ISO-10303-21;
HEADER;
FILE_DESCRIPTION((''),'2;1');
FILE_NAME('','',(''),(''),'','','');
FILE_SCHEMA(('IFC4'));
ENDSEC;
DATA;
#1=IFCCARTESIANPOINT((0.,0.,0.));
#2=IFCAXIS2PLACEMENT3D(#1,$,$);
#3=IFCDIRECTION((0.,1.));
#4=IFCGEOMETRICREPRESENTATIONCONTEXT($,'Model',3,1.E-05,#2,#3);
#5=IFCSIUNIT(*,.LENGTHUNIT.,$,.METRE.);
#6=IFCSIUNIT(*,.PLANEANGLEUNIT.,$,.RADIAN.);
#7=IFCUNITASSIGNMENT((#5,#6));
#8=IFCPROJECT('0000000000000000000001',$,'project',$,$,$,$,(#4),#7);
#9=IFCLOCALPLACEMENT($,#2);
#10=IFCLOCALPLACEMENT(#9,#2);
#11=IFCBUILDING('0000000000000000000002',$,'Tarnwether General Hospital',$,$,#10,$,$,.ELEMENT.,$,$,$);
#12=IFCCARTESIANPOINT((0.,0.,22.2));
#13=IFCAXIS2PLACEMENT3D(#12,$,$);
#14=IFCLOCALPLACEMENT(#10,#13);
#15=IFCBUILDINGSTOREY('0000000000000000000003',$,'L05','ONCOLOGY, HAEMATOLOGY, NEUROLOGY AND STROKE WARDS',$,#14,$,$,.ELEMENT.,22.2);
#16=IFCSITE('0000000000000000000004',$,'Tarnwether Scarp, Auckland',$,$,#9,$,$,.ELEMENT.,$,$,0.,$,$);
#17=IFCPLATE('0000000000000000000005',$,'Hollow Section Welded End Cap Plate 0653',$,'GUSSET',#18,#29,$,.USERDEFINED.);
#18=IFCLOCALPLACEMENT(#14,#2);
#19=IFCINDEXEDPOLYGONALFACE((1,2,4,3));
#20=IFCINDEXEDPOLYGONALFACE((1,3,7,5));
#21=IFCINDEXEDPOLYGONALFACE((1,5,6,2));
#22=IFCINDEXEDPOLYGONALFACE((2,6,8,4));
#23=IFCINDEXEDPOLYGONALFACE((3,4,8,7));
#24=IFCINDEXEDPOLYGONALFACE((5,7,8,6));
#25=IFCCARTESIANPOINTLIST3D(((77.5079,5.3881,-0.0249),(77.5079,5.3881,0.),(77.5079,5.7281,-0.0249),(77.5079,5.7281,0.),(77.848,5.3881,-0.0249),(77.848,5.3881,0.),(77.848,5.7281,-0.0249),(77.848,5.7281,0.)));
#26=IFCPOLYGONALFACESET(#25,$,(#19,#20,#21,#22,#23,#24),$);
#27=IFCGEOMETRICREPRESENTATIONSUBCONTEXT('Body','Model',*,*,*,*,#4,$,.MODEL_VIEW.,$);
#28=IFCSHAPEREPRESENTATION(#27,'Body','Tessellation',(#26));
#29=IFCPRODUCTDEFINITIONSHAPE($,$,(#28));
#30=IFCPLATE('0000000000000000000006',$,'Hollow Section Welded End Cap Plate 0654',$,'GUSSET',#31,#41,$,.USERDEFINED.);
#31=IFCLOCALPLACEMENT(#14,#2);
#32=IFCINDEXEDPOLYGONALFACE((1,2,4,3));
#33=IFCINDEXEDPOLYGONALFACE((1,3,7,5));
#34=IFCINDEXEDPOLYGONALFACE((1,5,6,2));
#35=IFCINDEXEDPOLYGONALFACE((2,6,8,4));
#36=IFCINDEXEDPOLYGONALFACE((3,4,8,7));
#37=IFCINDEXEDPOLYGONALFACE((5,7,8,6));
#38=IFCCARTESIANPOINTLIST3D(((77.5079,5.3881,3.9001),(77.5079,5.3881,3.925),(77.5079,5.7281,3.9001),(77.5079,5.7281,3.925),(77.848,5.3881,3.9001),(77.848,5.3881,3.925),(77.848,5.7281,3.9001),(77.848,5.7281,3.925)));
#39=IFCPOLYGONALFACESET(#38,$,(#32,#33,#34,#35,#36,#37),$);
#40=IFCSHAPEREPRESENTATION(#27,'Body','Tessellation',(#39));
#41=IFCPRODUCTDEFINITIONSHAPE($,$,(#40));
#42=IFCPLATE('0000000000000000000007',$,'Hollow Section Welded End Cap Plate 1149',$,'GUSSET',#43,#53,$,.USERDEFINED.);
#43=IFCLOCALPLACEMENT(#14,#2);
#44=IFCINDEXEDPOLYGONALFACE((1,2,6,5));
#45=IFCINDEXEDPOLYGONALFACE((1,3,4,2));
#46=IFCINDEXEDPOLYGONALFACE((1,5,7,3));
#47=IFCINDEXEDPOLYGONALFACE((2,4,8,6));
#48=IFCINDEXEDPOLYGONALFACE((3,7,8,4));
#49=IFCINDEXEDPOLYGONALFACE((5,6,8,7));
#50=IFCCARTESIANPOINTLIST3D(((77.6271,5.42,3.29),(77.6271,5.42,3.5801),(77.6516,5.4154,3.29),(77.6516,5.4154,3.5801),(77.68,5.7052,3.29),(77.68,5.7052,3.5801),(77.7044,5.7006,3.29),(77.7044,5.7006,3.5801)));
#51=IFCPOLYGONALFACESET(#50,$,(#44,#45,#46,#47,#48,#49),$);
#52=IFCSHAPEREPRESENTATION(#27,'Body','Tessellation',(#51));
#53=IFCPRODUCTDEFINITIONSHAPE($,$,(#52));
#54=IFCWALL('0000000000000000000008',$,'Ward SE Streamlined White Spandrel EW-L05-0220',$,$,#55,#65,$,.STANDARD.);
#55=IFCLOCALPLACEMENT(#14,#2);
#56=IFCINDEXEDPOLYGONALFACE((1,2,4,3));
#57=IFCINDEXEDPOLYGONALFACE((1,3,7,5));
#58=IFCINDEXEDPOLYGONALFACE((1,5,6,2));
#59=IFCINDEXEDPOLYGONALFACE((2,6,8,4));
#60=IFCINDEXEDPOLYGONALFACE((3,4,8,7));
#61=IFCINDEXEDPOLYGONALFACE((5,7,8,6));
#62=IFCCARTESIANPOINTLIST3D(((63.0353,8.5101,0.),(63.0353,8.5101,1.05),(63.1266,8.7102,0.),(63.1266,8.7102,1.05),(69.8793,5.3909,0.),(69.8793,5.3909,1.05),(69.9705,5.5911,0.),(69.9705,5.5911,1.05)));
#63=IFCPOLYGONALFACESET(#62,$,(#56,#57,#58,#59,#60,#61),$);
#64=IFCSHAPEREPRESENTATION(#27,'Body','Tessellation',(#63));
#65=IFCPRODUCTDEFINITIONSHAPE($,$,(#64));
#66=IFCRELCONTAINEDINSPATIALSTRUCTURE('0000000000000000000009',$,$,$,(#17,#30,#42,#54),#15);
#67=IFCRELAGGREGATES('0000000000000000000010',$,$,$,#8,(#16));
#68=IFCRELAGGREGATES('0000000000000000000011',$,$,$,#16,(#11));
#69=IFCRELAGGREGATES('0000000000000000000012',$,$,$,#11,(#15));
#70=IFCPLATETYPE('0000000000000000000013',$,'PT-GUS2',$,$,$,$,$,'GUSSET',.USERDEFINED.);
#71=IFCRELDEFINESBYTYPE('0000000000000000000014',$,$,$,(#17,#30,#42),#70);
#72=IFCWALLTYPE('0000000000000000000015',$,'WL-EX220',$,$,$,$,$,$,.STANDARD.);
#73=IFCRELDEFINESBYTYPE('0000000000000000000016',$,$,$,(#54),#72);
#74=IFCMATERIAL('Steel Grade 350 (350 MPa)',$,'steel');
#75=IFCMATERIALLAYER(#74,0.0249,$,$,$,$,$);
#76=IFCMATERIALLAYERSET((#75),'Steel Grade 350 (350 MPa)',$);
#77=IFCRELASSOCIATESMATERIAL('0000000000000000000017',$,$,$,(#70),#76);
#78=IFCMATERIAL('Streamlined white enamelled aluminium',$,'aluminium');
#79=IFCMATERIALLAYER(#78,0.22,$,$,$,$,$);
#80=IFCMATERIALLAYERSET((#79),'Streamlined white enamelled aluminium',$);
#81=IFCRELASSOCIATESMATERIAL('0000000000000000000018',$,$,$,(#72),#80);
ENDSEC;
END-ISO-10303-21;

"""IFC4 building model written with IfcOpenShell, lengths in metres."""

from ifc_helpers import new_model, si_unit, direction, frame, frame_2d, origin, origin_2d, place, context, subcontext, project, spatial, rectangle, extrude, material, layer, layer_set, type_object, element, save


model = new_model("IFC4")

# Units and contexts
model_context = context("Model", 3, precision=1e-05, world=origin(), true_north=direction((0.0, 1.0)))
body_context = subcontext(model_context, "Body", "Model", "MODEL_VIEW")
ifc_project = project(units=[si_unit("LENGTHUNIT", "METRE"), si_unit("PLANEANGLEUNIT", "RADIAN")], contexts=[model_context])

# Site, building, storey
site_placement = place(None, origin())
site = spatial("IfcSite", under=ifc_project, at=site_placement, Name="Tarnwether Scarp, Auckland", CompositionType="ELEMENT", RefElevation=0.0)
building_placement = place(site_placement, origin())
building = spatial("IfcBuilding", under=site, at=building_placement, Name="Tarnwether General Hospital", CompositionType="ELEMENT")
storey_placement = place(building_placement, frame((0.0, 0.0, 22.2)))
storey = spatial("IfcBuildingStorey", under=building, at=storey_placement, Name="L05", Description="ONCOLOGY, HAEMATOLOGY, NEUROLOGY AND STROKE WARDS", CompositionType="ELEMENT", Elevation=22.2)

# Plates
ifc_material_1 = material(Name="Steel Grade 350 (350 MPa)", Category="steel")
ifc_layer_1 = layer(ifc_material_1, 0.0249)
ifc_layer_set_1 = layer_set([ifc_layer_1], Name="Steel Grade 350 (350 MPa)")
plate_type_1 = type_object("IfcPlateType", Name="PT-GUS2", ElementType="GUSSET", PredefinedType="USERDEFINED", material=ifc_layer_set_1)
for number, where, z_axis, x_axis, name in (
    (1, (77.678, 5.5581, -0.0249), (0.0, 0.0, 1.0), (1.0, 0.0, 0.0), "Hollow Section Welded End Cap Plate 0653"),
    (2, (77.678, 5.5581, 3.9001), (0.0, 0.0, 1.0), (1.0, 0.0, 0.0), "Hollow Section Welded End Cap Plate 0654"),
):
    element("IfcPlate", number, at=place(storey_placement, frame(where, z_axis=z_axis, x_axis=x_axis)), inside=storey, type_object=plate_type_1, Name=name, ObjectType="GUSSET", PredefinedType="USERDEFINED", context=body_context, shape_type="SweptSolid", body=[
        extrude(rectangle(XDim=0.3401, YDim=0.3401, at=origin_2d()), origin(), (0.0, 0.0, 1.0), 0.0249),
    ])
plate_1_placement = place(storey_placement, frame((77.6658, 5.5603, 3.29), z_axis=(0.0, 0.0, 1.0), x_axis=(0.983261, -0.182201, 0.0)))
element("IfcPlate", 3, at=plate_1_placement, inside=storey, type_object=plate_type_1, Name="Hollow Section Welded End Cap Plate 1149", ObjectType="GUSSET", PredefinedType="USERDEFINED", context=body_context, shape_type="SweptSolid", body=[
    extrude(rectangle(XDim=0.0249, YDim=0.29, at=origin_2d()), origin(), (0.0, 0.0, 1.0), 0.29),
])

# Wall
ifc_material_2 = material(Name="Streamlined white enamelled aluminium", Category="aluminium")
ifc_layer_2 = layer(ifc_material_2, 0.22)
ifc_layer_set_2 = layer_set([ifc_layer_2], Name="Streamlined white enamelled aluminium")
wall_type = type_object("IfcWallType", Name="WL-EX220", PredefinedType="STANDARD", material=ifc_layer_set_2)
wall_placement = place(storey_placement, frame((69.925, 5.491, 0.0), z_axis=(0.0, 0.0, 1.0), x_axis=(-0.909954, 0.41471, 0.0)))
element("IfcWall", 4, at=wall_placement, inside=storey, type_object=wall_type, Name="Ward SE Streamlined White Spandrel EW-L05-0220", PredefinedType="STANDARD", context=body_context, shape_type="SweptSolid", body=[
    extrude(rectangle(XDim=7.5212, YDim=0.22, at=frame_2d((3.7607, 0.0))), origin(), (0.0, 0.0, 1.0), 1.05),
])

save(model, "model.ifc")
